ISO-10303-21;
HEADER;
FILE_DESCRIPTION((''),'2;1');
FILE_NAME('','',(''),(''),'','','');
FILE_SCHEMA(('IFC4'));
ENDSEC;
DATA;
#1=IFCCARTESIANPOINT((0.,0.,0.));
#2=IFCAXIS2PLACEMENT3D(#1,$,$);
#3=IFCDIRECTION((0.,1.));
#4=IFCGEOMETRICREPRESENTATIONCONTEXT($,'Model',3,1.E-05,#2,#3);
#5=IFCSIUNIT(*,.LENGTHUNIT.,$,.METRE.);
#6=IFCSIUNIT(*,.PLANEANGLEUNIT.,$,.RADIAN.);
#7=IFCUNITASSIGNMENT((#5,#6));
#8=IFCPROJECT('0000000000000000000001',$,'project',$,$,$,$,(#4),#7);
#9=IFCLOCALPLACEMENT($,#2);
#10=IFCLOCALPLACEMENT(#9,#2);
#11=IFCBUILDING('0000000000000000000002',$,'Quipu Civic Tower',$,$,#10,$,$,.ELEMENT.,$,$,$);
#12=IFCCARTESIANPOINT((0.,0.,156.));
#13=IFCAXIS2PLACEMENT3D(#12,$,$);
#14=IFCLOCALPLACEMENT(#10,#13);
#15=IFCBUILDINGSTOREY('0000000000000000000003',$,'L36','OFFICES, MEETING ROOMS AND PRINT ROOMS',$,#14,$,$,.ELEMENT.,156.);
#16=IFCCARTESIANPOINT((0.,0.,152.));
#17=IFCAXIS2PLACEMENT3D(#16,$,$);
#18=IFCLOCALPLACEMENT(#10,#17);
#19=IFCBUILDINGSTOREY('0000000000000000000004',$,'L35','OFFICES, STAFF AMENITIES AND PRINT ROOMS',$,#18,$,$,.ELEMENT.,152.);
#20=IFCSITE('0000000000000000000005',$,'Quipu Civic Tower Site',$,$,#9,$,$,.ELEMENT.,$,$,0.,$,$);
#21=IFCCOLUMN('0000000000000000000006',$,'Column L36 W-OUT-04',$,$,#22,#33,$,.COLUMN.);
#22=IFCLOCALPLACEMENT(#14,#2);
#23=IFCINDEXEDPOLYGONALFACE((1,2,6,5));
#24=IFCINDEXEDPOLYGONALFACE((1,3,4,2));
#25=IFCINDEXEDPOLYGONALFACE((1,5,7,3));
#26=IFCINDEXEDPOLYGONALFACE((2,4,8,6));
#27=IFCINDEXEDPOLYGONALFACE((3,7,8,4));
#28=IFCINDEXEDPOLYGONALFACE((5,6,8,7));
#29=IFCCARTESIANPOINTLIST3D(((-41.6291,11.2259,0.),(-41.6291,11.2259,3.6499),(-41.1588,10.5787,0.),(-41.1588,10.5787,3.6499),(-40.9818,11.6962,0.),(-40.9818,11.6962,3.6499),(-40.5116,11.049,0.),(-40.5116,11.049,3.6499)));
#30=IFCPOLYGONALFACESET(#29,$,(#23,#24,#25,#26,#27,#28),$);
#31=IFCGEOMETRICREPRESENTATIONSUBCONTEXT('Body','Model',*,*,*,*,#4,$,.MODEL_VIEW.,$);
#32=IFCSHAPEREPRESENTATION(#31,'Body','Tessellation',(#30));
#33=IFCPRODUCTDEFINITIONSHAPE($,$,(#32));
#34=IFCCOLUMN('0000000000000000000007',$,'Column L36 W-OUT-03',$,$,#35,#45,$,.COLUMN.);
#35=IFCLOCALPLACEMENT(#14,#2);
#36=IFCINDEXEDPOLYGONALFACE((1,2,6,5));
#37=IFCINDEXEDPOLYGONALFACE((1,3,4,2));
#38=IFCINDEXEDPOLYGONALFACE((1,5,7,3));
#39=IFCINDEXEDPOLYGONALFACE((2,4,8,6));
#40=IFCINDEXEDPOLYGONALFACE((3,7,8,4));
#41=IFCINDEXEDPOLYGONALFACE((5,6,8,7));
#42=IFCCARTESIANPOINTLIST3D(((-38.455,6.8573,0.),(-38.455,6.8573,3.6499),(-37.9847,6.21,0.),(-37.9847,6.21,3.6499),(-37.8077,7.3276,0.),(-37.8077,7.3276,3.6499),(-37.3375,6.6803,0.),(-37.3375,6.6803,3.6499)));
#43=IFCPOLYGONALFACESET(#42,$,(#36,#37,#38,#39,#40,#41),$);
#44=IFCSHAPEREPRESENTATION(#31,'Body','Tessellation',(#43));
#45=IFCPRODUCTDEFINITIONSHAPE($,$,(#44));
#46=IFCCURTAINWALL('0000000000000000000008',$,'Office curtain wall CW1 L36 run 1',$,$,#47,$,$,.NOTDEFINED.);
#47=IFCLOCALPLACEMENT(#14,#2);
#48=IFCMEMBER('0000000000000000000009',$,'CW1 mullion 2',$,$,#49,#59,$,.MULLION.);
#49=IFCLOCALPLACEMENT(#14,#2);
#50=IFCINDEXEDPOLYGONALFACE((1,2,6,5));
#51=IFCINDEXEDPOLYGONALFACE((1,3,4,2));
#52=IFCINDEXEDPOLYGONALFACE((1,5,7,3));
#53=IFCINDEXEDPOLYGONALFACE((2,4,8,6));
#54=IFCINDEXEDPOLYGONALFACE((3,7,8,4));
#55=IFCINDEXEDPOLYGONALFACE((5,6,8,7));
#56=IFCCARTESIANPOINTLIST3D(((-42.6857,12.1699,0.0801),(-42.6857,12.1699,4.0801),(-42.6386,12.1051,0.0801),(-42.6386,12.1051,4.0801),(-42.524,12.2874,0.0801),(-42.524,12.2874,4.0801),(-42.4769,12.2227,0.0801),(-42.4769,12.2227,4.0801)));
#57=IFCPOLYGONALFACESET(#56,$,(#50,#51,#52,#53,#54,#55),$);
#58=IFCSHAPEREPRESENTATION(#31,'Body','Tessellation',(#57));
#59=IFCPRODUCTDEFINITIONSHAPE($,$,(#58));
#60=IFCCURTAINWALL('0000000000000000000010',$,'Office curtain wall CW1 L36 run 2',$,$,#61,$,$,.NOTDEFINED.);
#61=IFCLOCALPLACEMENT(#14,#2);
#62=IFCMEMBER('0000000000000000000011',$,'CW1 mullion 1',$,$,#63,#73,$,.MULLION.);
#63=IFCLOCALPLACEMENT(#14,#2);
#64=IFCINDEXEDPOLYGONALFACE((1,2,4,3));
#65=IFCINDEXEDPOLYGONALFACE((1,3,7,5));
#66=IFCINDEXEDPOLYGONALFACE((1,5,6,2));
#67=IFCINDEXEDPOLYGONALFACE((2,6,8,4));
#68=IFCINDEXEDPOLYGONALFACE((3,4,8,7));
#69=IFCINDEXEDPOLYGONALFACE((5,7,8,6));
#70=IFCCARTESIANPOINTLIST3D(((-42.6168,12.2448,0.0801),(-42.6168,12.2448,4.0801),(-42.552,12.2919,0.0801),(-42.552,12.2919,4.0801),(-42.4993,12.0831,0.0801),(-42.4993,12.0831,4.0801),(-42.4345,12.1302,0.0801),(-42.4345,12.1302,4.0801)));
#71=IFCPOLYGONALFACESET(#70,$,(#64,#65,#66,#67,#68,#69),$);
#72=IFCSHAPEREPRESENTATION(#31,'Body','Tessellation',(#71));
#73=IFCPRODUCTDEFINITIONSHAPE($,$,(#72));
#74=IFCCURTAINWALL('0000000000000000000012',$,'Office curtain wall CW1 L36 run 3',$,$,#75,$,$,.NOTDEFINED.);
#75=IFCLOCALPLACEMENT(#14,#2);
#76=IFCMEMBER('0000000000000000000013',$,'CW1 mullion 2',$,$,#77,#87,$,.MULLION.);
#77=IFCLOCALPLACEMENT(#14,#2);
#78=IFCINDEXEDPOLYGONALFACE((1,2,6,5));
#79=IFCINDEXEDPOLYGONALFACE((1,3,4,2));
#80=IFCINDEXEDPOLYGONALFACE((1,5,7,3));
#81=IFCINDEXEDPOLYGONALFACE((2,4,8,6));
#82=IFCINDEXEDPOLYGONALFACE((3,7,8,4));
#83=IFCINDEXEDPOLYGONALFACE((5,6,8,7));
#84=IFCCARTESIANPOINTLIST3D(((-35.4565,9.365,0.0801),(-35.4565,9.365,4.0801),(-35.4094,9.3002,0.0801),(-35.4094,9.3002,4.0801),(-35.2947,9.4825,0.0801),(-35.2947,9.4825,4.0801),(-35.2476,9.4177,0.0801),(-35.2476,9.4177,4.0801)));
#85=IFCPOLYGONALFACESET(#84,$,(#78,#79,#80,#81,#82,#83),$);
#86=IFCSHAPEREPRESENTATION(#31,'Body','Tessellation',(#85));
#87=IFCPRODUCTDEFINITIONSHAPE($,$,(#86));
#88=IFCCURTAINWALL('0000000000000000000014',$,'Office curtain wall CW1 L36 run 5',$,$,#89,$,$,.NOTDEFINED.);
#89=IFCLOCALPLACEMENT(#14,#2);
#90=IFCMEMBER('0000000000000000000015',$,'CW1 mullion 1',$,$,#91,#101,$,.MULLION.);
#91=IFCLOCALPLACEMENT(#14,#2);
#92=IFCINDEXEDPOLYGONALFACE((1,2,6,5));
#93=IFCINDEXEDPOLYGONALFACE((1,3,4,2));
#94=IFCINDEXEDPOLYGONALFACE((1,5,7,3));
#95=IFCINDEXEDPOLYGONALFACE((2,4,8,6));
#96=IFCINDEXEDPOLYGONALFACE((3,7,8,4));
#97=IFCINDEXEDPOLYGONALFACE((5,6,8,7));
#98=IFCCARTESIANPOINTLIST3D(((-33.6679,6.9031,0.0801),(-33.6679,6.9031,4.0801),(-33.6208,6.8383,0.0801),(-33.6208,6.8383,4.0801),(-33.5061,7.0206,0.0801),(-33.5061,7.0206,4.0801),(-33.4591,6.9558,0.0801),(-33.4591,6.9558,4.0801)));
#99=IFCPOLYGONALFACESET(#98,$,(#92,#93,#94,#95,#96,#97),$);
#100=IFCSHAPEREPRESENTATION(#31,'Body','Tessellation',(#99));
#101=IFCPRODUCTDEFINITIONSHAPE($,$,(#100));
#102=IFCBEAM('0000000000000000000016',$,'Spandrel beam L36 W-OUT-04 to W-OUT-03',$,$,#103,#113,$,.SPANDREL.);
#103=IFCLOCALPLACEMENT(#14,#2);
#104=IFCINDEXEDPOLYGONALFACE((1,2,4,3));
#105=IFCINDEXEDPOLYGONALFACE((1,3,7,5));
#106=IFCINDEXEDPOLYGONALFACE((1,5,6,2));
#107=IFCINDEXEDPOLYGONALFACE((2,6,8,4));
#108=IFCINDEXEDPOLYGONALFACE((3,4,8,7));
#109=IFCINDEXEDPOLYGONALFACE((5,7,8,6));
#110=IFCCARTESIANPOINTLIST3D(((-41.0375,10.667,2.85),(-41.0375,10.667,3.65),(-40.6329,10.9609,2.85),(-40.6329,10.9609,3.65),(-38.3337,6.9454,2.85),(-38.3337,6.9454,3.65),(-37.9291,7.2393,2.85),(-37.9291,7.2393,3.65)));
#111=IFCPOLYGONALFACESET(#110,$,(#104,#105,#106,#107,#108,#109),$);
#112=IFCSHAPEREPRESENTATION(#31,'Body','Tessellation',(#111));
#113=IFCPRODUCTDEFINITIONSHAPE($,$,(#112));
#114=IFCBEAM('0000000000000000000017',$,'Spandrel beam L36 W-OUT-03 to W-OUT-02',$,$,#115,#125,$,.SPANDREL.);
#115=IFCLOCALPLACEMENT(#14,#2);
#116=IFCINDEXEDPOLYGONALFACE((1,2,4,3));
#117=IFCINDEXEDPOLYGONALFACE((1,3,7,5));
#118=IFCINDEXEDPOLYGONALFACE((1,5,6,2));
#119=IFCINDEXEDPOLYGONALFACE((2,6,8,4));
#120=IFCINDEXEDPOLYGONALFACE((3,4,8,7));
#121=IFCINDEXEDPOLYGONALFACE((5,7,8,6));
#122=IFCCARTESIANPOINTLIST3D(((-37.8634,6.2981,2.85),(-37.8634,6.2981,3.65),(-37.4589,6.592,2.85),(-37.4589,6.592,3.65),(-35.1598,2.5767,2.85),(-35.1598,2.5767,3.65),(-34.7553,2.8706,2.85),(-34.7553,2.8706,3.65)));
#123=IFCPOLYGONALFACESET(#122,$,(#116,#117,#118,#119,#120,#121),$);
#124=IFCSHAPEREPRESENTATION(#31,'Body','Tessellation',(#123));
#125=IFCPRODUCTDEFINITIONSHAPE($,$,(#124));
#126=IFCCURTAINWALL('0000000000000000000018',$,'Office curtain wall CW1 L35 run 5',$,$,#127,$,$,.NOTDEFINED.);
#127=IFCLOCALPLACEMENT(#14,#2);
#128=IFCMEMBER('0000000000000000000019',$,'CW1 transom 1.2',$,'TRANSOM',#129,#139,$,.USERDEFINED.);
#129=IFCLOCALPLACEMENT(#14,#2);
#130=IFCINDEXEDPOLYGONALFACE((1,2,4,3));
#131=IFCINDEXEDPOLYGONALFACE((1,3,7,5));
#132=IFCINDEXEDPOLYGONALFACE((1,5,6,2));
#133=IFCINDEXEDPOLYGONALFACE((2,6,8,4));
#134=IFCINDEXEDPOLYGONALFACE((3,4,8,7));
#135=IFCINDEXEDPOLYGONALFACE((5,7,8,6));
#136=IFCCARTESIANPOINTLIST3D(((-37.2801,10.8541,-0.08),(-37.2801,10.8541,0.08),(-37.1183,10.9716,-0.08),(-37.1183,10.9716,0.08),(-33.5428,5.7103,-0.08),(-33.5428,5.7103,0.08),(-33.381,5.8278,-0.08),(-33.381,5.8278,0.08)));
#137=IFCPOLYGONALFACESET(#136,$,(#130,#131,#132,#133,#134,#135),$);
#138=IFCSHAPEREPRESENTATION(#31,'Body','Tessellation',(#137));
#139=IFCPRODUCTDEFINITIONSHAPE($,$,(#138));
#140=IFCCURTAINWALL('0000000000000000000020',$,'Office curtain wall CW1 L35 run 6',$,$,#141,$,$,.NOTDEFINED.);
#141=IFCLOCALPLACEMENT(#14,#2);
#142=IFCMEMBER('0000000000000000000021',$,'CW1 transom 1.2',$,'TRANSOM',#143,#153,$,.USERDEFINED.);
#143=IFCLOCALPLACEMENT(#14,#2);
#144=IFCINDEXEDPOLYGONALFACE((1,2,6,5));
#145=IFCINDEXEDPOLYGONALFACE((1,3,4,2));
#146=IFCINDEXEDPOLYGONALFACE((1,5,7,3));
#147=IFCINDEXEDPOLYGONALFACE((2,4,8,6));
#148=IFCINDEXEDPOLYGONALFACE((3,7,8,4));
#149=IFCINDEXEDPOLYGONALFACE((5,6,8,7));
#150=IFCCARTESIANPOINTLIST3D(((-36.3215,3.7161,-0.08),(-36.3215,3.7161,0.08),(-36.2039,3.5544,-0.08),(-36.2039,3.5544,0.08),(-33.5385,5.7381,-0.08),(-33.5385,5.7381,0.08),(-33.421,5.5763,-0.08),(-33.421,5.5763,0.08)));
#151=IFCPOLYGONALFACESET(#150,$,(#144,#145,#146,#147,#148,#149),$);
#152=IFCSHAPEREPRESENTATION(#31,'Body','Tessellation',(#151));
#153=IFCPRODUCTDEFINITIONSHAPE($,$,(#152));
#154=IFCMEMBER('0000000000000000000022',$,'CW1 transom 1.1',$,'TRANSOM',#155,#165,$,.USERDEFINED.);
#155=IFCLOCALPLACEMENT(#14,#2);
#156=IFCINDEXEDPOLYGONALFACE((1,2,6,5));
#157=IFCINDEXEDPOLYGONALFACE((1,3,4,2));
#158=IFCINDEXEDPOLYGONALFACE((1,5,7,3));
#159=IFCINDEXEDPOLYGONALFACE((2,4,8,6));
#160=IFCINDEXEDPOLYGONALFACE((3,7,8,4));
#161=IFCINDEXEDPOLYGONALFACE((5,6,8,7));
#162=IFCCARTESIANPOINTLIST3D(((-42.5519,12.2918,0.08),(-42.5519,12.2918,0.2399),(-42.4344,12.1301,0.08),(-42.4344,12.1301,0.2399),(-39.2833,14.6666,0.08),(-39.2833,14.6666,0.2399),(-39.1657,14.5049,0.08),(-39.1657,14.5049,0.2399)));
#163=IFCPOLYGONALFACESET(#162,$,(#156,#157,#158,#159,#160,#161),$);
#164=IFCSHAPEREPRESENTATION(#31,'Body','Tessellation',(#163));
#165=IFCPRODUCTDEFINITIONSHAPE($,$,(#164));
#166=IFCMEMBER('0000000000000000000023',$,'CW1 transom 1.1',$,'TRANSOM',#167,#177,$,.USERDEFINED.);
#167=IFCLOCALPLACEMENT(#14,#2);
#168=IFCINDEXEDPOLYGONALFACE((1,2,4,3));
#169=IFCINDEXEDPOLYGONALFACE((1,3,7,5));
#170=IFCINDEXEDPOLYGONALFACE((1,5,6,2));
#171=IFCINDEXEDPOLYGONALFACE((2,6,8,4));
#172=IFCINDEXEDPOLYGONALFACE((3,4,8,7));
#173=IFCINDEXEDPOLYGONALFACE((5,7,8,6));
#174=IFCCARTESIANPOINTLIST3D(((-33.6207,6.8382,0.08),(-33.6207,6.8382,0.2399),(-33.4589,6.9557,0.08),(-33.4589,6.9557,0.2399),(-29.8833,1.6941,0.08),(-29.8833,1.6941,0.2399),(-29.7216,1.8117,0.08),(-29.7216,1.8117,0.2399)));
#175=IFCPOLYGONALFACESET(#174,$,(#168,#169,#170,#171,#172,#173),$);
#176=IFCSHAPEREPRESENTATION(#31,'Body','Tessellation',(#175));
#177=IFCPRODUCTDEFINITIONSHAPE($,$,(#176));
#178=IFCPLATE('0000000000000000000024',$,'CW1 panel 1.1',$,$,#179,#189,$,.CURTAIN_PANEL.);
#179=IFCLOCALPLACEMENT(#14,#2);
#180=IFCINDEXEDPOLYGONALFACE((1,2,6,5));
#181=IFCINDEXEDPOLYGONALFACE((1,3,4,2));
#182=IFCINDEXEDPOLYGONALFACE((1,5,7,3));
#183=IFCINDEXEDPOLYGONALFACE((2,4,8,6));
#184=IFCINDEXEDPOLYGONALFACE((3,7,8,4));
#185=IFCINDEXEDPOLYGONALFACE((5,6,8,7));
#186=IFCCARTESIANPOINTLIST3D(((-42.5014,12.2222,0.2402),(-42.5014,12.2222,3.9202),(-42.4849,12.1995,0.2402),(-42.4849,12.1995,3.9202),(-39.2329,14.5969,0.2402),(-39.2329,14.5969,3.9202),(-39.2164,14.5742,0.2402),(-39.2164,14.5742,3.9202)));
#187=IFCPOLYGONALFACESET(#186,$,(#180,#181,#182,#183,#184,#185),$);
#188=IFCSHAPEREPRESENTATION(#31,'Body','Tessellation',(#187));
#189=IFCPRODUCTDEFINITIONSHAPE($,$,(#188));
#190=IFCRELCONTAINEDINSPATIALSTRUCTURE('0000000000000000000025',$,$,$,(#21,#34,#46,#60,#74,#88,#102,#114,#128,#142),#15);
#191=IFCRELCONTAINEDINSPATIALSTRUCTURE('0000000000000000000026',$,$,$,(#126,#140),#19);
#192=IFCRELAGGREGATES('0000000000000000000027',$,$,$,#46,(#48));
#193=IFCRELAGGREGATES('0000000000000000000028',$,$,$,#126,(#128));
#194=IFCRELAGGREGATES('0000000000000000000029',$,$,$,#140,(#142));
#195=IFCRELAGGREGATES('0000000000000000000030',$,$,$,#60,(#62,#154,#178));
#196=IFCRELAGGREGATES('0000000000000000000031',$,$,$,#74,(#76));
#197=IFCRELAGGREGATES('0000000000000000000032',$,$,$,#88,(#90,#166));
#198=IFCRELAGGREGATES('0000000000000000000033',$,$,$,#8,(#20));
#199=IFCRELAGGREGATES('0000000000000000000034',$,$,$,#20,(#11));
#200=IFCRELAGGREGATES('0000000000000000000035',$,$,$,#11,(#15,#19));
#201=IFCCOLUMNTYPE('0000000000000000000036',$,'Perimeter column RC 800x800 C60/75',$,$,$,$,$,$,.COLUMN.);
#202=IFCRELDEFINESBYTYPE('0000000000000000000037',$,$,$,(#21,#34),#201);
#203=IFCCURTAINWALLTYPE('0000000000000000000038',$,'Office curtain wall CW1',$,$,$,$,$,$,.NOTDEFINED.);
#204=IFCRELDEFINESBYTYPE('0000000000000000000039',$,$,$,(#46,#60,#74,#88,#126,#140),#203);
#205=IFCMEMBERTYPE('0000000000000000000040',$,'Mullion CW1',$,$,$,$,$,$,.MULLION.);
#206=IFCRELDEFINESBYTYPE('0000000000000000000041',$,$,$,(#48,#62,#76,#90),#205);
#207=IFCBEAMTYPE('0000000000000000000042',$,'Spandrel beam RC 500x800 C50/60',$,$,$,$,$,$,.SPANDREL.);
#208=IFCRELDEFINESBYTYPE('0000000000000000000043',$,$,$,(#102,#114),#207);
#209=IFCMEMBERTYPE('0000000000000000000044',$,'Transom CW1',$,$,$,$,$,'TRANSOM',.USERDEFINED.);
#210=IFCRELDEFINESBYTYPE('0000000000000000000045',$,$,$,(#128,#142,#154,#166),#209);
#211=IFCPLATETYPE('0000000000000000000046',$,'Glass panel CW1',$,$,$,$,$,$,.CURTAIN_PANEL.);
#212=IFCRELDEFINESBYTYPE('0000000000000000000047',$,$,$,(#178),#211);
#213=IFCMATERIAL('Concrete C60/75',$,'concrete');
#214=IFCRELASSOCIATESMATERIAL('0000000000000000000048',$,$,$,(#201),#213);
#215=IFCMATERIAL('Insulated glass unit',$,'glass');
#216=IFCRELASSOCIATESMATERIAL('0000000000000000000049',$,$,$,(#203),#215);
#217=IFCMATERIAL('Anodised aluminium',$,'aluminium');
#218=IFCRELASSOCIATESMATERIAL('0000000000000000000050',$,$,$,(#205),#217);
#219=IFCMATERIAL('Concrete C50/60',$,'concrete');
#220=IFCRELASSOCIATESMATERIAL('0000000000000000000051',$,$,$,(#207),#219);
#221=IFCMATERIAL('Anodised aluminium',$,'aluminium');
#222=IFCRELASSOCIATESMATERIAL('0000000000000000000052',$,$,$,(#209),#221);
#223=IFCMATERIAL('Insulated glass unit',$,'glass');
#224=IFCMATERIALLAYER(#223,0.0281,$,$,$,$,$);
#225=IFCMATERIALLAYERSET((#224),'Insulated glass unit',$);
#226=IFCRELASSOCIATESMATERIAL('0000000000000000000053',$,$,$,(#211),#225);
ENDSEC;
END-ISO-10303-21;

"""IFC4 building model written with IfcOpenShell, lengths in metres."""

from ifc_helpers import new_model, si_unit, direction, frame, origin, origin_2d, place, context, subcontext, project, spatial, rectangle, extrude, material, layer, layer_set, material_profile, profile_set, type_object, element, aggregate, save


model = new_model("IFC4")

# Units and contexts
model_context = context("Model", 3, precision=1e-05, world=origin(), true_north=direction((0.0, 1.0)))
body_context = subcontext(model_context, "Body", "Model", "MODEL_VIEW")
ifc_project = project(units=[si_unit("LENGTHUNIT", "METRE"), si_unit("PLANEANGLEUNIT", "RADIAN")], contexts=[model_context])

# Site, building, storey
site_placement = place(None, origin())
site = spatial("IfcSite", under=ifc_project, at=site_placement, Name="Quipu Civic Tower Site", CompositionType="ELEMENT", RefElevation=0.0)
building_placement = place(site_placement, origin())
building = spatial("IfcBuilding", under=site, at=building_placement, Name="Quipu Civic Tower", CompositionType="ELEMENT")
storey_1_placement = place(building_placement, frame((0.0, 0.0, 156.0)))
storey_1 = spatial("IfcBuildingStorey", under=building, at=storey_1_placement, Name="L36", Description="OFFICES, MEETING ROOMS AND PRINT ROOMS", CompositionType="ELEMENT", Elevation=156.0)

# Columns
ifc_material_1 = material(Name="Concrete C60/75", Category="concrete")
ifc_material_profile_1 = material_profile(ifc_material_1, rectangle(XDim=0.8, YDim=0.8, at=origin_2d()), Name="RC800x800")
ifc_profile_set_1 = profile_set([ifc_material_profile_1], Name="Concrete C60/75")
column_type = type_object("IfcColumnType", Name="Perimeter column RC 800x800 C60/75", PredefinedType="COLUMN", material=ifc_profile_set_1)
for number, where, z_axis, x_axis, name in (
    (1, (-41.0703, 11.1375, 0.0), (0.0, 0.0, 1.0), (0.587785, -0.809017, 0.0), "Column L36 W-OUT-04"),
    (2, (-37.8962, 6.7688, 0.0), (0.0, 0.0, 1.0), (0.587785, -0.809017, 0.0), "Column L36 W-OUT-03"),
):
    element("IfcColumn", number, at=place(storey_1_placement, frame(where, z_axis=z_axis, x_axis=x_axis)), inside=storey_1, type_object=column_type, Name=name, PredefinedType="COLUMN", context=body_context, shape_type="SweptSolid", body=[
        extrude(rectangle(XDim=0.8, YDim=0.8, at=origin_2d()), origin(), (0.0, 0.0, 1.0), 3.6499),
    ])

# Curtain walls, members
ifc_material_2 = material(Name="Insulated glass unit", Category="glass")
curtain_wall_type = type_object("IfcCurtainWallType", Name="Office curtain wall CW1", PredefinedType="NOTDEFINED", material=ifc_material_2)
curtain_wall_1_placement = place(storey_1_placement, origin())
curtain_wall_1 = element("IfcCurtainWall", 3, at=curtain_wall_1_placement, inside=storey_1, type_object=curtain_wall_type, Name="Office curtain wall CW1 L36 run 1", PredefinedType="NOTDEFINED")
ifc_material_3 = material(Name="Anodised aluminium", Category="aluminium")
ifc_material_profile_2 = material_profile(ifc_material_3, rectangle(XDim=0.2, YDim=0.0801, at=origin_2d()), Name="RECT 200x80")
ifc_profile_set_2 = profile_set([ifc_material_profile_2], Name="Anodised aluminium")
member_type_1 = type_object("IfcMemberType", Name="Mullion CW1", PredefinedType="MULLION", material=ifc_profile_set_2)
member_1_placement = place(storey_1_placement, frame((-42.5813, 12.1963, 0.0801), z_axis=(0.0, 0.0, 1.0), x_axis=(0.809011, 0.587794, 0.0)))
member_1 = element("IfcMember", 4, at=member_1_placement, type_object=member_type_1, Name="CW1 mullion 2", PredefinedType="MULLION", context=body_context, shape_type="SweptSolid", body=[
    extrude(rectangle(XDim=0.2, YDim=0.0801, at=origin_2d()), origin(), (0.0, 0.0, 1.0), 4.0),
])
aggregate(curtain_wall_1, [member_1])
curtain_wall_2_placement = place(storey_1_placement, origin())
curtain_wall_2 = element("IfcCurtainWall", 5, at=curtain_wall_2_placement, inside=storey_1, type_object=curtain_wall_type, Name="Office curtain wall CW1 L36 run 2", PredefinedType="NOTDEFINED")
member_2_placement = place(storey_1_placement, frame((-42.5256, 12.1875, 0.0801), z_axis=(0.0, 0.0, 1.0), x_axis=(-0.587782, 0.809019, 0.0)))
member_2 = element("IfcMember", 6, at=member_2_placement, type_object=member_type_1, Name="CW1 mullion 1", PredefinedType="MULLION", context=body_context, shape_type="SweptSolid", body=[
    extrude(rectangle(XDim=0.2, YDim=0.0801, at=origin_2d()), origin(), (0.0, 0.0, 1.0), 4.0),
])
curtain_wall_3_placement = place(storey_1_placement, origin())
curtain_wall_3 = element("IfcCurtainWall", 7, at=curtain_wall_3_placement, inside=storey_1, type_object=curtain_wall_type, Name="Office curtain wall CW1 L36 run 3", PredefinedType="NOTDEFINED")
member_3_placement = place(storey_1_placement, frame((-35.3521, 9.3914, 0.0801), z_axis=(0.0, 0.0, 1.0), x_axis=(0.809022, 0.587778, 0.0)))
member_3 = element("IfcMember", 8, at=member_3_placement, type_object=member_type_1, Name="CW1 mullion 2", PredefinedType="MULLION", context=body_context, shape_type="SweptSolid", body=[
    extrude(rectangle(XDim=0.2, YDim=0.0801, at=origin_2d()), origin(), (0.0, 0.0, 1.0), 4.0),
])
curtain_wall_4_placement = place(storey_1_placement, origin())
curtain_wall_4 = element("IfcCurtainWall", 9, at=curtain_wall_4_placement, inside=storey_1, type_object=curtain_wall_type, Name="Office curtain wall CW1 L36 run 5", PredefinedType="NOTDEFINED")
member_4_placement = place(storey_1_placement, frame((-33.5635, 6.9294, 0.0801), z_axis=(0.0, 0.0, 1.0), x_axis=(0.809019, 0.587783, 0.0)))
member_4 = element("IfcMember", 10, at=member_4_placement, type_object=member_type_1, Name="CW1 mullion 1", PredefinedType="MULLION", context=body_context, shape_type="SweptSolid", body=[
    extrude(rectangle(XDim=0.2, YDim=0.0801, at=origin_2d()), origin(), (0.0, 0.0, 1.0), 4.0),
])

# Beams
ifc_material_4 = material(Name="Concrete C50/60", Category="concrete")
ifc_material_profile_3 = material_profile(ifc_material_4, rectangle(XDim=0.5, YDim=0.8, at=origin_2d()), Name="RC500x800")
ifc_profile_set_3 = profile_set([ifc_material_profile_3], Name="Concrete C50/60")
beam_type = type_object("IfcBeamType", Name="Spandrel beam RC 500x800 C50/60", PredefinedType="SPANDREL", material=ifc_profile_set_3)
beam_1_placement = place(storey_1_placement, frame((-40.8352, 10.814, 3.25), z_axis=(0.587771, -0.809027, 0.0), x_axis=(0.809027, 0.587771, 0.0)))
element("IfcBeam", 11, at=beam_1_placement, inside=storey_1, type_object=beam_type, Name="Spandrel beam L36 W-OUT-04 to W-OUT-03", PredefinedType="SPANDREL", context=body_context, shape_type="SweptSolid", body=[
    extrude(rectangle(XDim=0.5, YDim=0.8, at=origin_2d()), origin(), (0.0, 0.0, 1.0), 4.6001),
])
beam_2_placement = place(storey_1_placement, frame((-37.6611, 6.4451, 3.25), z_axis=(0.587761, -0.809034, 0.0), x_axis=(0.809034, 0.587761, 0.0)))
element("IfcBeam", 12, at=beam_2_placement, inside=storey_1, type_object=beam_type, Name="Spandrel beam L36 W-OUT-03 to W-OUT-02", PredefinedType="SPANDREL", context=body_context, shape_type="SweptSolid", body=[
    extrude(rectangle(XDim=0.5, YDim=0.8, at=origin_2d()), origin(), (0.0, 0.0, 1.0), 4.5999),
])

# Shared definitions
storey_2_placement = place(building_placement, frame((0.0, 0.0, 152.0)))
storey_2 = spatial("IfcBuildingStorey", under=building, at=storey_2_placement, Name="L35", Description="OFFICES, STAFF AMENITIES AND PRINT ROOMS", CompositionType="ELEMENT", Elevation=152.0)

# Curtain walls, members
curtain_wall_5_placement = place(storey_2_placement, origin())
curtain_wall_5 = element("IfcCurtainWall", 13, at=curtain_wall_5_placement, inside=storey_2, type_object=curtain_wall_type, Name="Office curtain wall CW1 L35 run 5", PredefinedType="NOTDEFINED")
ifc_material_5 = material(Name="Anodised aluminium", Category="aluminium")
ifc_material_profile_4 = material_profile(ifc_material_5, rectangle(XDim=0.2, YDim=0.1599, at=origin_2d()), Name="RECT 200x160")
ifc_profile_set_4 = profile_set([ifc_material_profile_4], Name="Anodised aluminium")
member_type_2 = type_object("IfcMemberType", Name="Transom CW1", ElementType="TRANSOM", PredefinedType="USERDEFINED", material=ifc_profile_set_4)
member_5_placement = place(storey_1_placement, frame((-37.1992, 10.9128, 0.0), z_axis=(0.587797, -0.809008, 0.0), x_axis=(0.809008, 0.587797, 0.0)))
member_5 = element("IfcMember", 14, at=member_5_placement, inside=storey_1, type_object=member_type_2, Name="CW1 transom 1.2", ObjectType="TRANSOM", PredefinedType="USERDEFINED", context=body_context, shape_type="SweptSolid", body=[
    extrude(rectangle(XDim=0.2, YDim=0.1599, at=origin_2d()), origin(), (0.0, 0.0, 1.0), 6.3582),
])
aggregate(curtain_wall_5, [member_5])
curtain_wall_6_placement = place(storey_2_placement, origin())
curtain_wall_6 = element("IfcCurtainWall", 15, at=curtain_wall_6_placement, inside=storey_2, type_object=curtain_wall_type, Name="Office curtain wall CW1 L35 run 6", PredefinedType="NOTDEFINED")
member_6_placement = place(storey_1_placement, frame((-33.4797, 5.6572, 0.0), z_axis=(-0.809012, -0.587792, 0.0), x_axis=(0.587792, -0.809012, 0.0)))
member_6 = element("IfcMember", 16, at=member_6_placement, inside=storey_1, type_object=member_type_2, Name="CW1 transom 1.2", ObjectType="TRANSOM", PredefinedType="USERDEFINED", context=body_context, shape_type="SweptSolid", body=[
    extrude(rectangle(XDim=0.2, YDim=0.1599, at=origin_2d()), origin(), (0.0, 0.0, 1.0), 3.4399),
])
aggregate(curtain_wall_6, [member_6])

# Members
member_7_placement = place(storey_1_placement, frame((-42.4932, 12.2109, 0.1599), z_axis=(0.809016, 0.587787, 0.0), x_axis=(-0.587787, 0.809016, 0.0)))
member_7 = element("IfcMember", 17, at=member_7_placement, type_object=member_type_2, Name="CW1 transom 1.1", ObjectType="TRANSOM", PredefinedType="USERDEFINED", context=body_context, shape_type="SweptSolid", body=[
    extrude(rectangle(XDim=0.2, YDim=0.1599, at=origin_2d()), origin(), (0.0, 0.0, 1.0), 4.0403),
])
member_8_placement = place(storey_1_placement, frame((-33.5398, 6.897, 0.1599), z_axis=(0.587779, -0.809022, 0.0), x_axis=(0.809022, 0.587779, 0.0)))
member_8 = element("IfcMember", 18, at=member_8_placement, type_object=member_type_2, Name="CW1 transom 1.1", ObjectType="TRANSOM", PredefinedType="USERDEFINED", context=body_context, shape_type="SweptSolid", body=[
    extrude(rectangle(XDim=0.2, YDim=0.1599, at=origin_2d()), origin(), (0.0, 0.0, 1.0), 6.3584),
])

# Plate
ifc_material_6 = material(Name="Insulated glass unit", Category="glass")
ifc_layer = layer(ifc_material_6, 0.0281)
ifc_layer_set = layer_set([ifc_layer], Name="Insulated glass unit")
plate_type_1 = type_object("IfcPlateType", Name="Glass panel CW1", PredefinedType="CURTAIN_PANEL", material=ifc_layer_set)
plate_1_placement = place(storey_1_placement, frame((-40.8589, 13.3982, 0.2402), z_axis=(0.0, 0.0, 1.0), x_axis=(0.809019, 0.587782, 0.0)))
plate_1 = element("IfcPlate", 19, at=plate_1_placement, type_object=plate_type_1, Name="CW1 panel 1.1", PredefinedType="CURTAIN_PANEL", context=body_context, shape_type="SweptSolid", body=[
    extrude(rectangle(XDim=4.04, YDim=0.0281, at=origin_2d()), origin(), (0.0, 0.0, 1.0), 3.6799),
])
aggregate(curtain_wall_2, [member_2, member_7, plate_1])
aggregate(curtain_wall_3, [member_3])
aggregate(curtain_wall_4, [member_4, member_8])

save(model, "model.ifc")
